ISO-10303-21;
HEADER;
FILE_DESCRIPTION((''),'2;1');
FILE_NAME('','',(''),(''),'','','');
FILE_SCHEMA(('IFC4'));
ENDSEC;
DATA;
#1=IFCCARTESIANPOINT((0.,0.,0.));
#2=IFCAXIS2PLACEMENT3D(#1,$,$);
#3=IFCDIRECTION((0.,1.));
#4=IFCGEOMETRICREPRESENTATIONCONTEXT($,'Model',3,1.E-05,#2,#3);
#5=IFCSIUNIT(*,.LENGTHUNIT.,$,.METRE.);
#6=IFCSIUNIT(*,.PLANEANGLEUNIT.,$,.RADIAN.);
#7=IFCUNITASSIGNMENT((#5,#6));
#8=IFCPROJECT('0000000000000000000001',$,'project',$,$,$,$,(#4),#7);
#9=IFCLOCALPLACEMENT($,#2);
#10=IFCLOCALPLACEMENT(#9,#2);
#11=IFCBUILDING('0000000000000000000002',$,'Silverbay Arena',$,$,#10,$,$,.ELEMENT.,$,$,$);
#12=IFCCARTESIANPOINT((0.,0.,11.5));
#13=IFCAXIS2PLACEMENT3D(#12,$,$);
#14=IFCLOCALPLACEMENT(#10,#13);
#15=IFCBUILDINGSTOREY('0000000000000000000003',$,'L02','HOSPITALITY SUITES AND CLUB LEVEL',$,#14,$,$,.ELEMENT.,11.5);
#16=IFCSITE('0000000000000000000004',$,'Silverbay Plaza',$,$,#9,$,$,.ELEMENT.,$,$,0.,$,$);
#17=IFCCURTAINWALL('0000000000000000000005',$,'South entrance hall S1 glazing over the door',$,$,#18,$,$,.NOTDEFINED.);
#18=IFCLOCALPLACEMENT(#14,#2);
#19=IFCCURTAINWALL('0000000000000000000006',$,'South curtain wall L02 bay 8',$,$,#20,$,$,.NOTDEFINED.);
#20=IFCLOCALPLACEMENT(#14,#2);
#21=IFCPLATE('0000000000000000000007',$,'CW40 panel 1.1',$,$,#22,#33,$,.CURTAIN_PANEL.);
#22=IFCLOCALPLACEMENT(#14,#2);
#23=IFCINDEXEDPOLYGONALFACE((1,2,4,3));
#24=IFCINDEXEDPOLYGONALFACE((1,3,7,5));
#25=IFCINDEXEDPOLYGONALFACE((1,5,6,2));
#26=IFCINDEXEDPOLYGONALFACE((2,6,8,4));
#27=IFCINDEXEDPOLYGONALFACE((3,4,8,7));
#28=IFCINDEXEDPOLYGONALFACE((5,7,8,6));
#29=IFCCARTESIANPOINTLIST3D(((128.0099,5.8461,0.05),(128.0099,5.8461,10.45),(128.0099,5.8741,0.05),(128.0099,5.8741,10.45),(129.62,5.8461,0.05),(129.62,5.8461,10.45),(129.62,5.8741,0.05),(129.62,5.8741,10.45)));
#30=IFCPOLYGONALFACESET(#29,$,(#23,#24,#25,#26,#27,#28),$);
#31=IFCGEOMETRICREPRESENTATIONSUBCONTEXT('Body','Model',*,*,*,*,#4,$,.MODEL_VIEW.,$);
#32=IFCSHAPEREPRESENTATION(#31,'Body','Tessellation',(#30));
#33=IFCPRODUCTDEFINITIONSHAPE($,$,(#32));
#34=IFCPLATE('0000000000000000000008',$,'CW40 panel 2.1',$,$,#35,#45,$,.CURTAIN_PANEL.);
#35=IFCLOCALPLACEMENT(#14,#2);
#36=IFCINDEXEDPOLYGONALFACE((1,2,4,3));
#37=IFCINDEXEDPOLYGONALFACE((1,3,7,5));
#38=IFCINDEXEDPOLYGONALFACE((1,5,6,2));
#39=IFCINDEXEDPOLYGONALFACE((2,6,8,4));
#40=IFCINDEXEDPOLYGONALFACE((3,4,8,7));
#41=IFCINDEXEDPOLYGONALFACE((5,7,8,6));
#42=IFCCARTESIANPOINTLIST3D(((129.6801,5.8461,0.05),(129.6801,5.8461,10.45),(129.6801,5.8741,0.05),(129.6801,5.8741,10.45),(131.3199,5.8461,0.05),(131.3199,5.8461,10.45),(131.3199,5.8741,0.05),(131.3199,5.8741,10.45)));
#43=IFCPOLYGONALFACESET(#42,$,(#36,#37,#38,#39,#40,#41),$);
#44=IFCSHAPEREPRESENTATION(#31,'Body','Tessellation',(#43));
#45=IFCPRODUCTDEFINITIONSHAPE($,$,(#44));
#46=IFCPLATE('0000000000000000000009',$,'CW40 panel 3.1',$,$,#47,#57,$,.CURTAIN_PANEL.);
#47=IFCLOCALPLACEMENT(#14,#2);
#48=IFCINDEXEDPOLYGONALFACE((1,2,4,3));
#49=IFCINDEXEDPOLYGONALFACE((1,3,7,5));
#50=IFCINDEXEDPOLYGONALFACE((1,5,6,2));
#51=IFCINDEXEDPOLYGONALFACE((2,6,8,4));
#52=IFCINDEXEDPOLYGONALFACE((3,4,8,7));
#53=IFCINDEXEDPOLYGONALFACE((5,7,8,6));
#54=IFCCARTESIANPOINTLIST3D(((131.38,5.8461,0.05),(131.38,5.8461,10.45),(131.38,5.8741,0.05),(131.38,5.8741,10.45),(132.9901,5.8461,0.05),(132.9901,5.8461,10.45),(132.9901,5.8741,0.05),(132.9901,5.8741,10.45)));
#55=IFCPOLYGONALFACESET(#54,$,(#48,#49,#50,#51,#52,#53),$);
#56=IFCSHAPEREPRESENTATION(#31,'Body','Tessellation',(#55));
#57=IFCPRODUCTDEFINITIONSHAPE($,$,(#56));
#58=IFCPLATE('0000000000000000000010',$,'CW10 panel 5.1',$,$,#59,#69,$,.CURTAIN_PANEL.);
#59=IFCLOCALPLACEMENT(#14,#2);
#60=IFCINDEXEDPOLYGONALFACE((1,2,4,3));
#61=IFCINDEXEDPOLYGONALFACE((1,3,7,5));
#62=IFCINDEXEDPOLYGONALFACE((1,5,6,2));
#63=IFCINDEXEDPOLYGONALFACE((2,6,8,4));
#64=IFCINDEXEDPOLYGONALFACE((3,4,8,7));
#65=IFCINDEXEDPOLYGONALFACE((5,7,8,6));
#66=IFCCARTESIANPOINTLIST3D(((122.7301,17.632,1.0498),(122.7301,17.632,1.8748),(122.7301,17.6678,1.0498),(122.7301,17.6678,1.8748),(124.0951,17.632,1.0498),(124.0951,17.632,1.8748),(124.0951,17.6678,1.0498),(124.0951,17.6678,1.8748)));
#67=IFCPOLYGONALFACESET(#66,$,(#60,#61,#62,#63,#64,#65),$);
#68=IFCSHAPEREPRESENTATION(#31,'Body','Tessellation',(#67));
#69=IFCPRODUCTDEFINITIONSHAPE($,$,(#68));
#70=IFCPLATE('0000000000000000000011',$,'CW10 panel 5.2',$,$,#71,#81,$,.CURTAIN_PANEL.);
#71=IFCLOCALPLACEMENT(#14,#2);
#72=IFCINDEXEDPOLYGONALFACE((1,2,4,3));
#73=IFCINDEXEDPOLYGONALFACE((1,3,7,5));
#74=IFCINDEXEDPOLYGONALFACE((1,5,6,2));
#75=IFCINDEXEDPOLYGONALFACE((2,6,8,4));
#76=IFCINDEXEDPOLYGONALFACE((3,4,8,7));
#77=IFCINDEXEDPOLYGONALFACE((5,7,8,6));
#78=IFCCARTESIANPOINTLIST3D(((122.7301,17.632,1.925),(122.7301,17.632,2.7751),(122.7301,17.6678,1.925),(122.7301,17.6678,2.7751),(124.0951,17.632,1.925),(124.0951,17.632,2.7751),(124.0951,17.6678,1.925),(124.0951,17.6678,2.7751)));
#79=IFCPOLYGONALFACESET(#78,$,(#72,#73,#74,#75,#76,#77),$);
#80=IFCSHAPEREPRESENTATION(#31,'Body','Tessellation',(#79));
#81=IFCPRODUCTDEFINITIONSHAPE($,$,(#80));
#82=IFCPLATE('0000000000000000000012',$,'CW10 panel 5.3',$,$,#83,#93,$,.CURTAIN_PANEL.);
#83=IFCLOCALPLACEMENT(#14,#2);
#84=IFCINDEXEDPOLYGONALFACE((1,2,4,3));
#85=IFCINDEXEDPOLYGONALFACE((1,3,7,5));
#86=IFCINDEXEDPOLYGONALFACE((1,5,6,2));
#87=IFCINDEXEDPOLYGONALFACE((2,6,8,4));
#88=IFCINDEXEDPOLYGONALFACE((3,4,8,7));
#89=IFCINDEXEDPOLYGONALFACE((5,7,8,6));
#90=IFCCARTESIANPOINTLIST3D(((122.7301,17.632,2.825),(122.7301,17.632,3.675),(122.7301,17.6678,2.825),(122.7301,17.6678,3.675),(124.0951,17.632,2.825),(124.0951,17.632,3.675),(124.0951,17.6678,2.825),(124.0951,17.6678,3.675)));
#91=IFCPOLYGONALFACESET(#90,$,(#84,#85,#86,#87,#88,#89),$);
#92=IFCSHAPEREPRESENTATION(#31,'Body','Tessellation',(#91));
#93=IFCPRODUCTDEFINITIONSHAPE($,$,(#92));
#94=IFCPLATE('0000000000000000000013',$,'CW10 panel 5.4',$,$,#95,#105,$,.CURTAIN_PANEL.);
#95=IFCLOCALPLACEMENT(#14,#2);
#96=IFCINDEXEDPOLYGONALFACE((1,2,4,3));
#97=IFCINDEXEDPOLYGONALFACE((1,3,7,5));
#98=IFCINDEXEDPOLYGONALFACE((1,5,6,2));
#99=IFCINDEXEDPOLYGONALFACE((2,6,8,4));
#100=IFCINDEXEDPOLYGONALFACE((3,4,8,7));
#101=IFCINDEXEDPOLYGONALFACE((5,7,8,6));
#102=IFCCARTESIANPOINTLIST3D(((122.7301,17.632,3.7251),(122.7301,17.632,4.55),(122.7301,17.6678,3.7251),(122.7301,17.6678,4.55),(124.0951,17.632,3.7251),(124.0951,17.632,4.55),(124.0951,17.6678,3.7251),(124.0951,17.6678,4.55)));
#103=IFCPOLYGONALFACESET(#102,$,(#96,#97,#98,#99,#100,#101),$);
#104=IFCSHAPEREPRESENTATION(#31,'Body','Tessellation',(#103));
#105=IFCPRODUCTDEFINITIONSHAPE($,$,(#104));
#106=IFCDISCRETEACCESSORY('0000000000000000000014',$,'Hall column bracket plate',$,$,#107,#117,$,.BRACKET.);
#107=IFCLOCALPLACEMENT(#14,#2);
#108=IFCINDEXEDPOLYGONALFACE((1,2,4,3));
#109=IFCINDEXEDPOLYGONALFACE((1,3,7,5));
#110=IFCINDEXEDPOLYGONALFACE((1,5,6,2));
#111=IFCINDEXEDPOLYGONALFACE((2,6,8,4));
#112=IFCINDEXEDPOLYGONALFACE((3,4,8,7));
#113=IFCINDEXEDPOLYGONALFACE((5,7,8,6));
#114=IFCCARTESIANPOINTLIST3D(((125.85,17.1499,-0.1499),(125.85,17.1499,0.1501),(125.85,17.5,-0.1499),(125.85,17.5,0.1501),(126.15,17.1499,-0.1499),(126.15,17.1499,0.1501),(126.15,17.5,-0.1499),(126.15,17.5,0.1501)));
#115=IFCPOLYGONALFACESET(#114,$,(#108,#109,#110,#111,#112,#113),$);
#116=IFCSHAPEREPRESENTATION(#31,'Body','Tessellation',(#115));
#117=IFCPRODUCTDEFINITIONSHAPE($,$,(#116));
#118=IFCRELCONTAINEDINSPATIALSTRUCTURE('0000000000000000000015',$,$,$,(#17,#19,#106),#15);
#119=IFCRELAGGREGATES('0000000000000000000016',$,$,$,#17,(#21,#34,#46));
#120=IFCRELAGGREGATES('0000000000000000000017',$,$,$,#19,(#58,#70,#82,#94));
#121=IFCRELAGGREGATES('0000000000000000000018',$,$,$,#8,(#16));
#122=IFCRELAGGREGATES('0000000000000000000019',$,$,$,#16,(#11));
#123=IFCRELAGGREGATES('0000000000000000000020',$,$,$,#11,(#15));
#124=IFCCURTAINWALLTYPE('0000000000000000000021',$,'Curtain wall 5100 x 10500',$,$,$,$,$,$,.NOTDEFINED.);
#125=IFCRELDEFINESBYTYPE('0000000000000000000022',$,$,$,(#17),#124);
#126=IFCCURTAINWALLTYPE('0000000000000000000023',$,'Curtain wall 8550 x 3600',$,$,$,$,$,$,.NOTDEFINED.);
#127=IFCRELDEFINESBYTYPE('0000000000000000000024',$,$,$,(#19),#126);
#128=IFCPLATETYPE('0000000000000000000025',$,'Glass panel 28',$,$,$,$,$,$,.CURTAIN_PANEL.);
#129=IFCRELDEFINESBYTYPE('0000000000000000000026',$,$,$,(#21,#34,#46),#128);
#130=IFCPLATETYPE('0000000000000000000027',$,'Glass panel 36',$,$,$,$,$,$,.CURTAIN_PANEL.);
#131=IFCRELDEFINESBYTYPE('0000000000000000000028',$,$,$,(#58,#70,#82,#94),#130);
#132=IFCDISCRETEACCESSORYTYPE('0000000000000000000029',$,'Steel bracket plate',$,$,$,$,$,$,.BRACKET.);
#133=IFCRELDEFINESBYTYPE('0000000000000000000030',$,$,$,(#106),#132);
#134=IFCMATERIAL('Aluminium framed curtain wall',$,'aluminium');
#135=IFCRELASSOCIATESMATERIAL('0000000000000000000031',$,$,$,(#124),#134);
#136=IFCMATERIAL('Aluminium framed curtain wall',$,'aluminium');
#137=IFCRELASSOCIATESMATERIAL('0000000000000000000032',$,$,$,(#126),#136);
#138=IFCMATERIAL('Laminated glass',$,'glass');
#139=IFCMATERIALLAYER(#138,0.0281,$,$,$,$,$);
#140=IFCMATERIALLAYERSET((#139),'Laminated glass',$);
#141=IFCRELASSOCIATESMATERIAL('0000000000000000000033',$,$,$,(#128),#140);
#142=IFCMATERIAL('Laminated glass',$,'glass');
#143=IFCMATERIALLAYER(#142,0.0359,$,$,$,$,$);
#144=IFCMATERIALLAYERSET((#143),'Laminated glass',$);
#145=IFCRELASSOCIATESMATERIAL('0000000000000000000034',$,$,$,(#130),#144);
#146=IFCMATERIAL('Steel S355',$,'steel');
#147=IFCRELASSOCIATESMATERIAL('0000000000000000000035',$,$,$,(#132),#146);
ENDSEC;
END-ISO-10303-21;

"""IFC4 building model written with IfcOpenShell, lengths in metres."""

from ifc_helpers import new_model, si_unit, direction, frame, origin, origin_2d, place, context, subcontext, project, spatial, rectangle, extrude, material, layer, layer_set, type_object, element, aggregate, save


model = new_model("IFC4")

# Units and contexts
model_context = context("Model", 3, precision=1e-05, world=origin(), true_north=direction((0.0, 1.0)))
body_context = subcontext(model_context, "Body", "Model", "MODEL_VIEW")
ifc_project = project(units=[si_unit("LENGTHUNIT", "METRE"), si_unit("PLANEANGLEUNIT", "RADIAN")], contexts=[model_context])

# Site, building, storey
site_placement = place(None, origin())
site = spatial("IfcSite", under=ifc_project, at=site_placement, Name="Silverbay Plaza", CompositionType="ELEMENT", RefElevation=0.0)
building_placement = place(site_placement, origin())
building = spatial("IfcBuilding", under=site, at=building_placement, Name="Silverbay Arena", CompositionType="ELEMENT")
storey_placement = place(building_placement, frame((0.0, 0.0, 11.5)))
storey = spatial("IfcBuildingStorey", under=building, at=storey_placement, Name="L02", Description="HOSPITALITY SUITES AND CLUB LEVEL", CompositionType="ELEMENT", Elevation=11.5)

# Curtain wall
ifc_material_1 = material(Name="Aluminium framed curtain wall", Category="aluminium")
curtain_wall_type_1 = type_object("IfcCurtainWallType", Name="Curtain wall 5100 x 10500", PredefinedType="NOTDEFINED", material=ifc_material_1)
curtain_wall_1_placement = place(storey_placement, origin())
curtain_wall_1 = element("IfcCurtainWall", 1, at=curtain_wall_1_placement, inside=storey, type_object=curtain_wall_type_1, Name="South entrance hall S1 glazing over the door", PredefinedType="NOTDEFINED")

# Curtain wall
ifc_material_2 = material(Name="Aluminium framed curtain wall", Category="aluminium")
curtain_wall_type_2 = type_object("IfcCurtainWallType", Name="Curtain wall 8550 x 3600", PredefinedType="NOTDEFINED", material=ifc_material_2)
curtain_wall_2_placement = place(storey_placement, origin())
curtain_wall_2 = element("IfcCurtainWall", 2, at=curtain_wall_2_placement, inside=storey, type_object=curtain_wall_type_2, Name="South curtain wall L02 bay 8", PredefinedType="NOTDEFINED")

# Plates
ifc_material_3 = material(Name="Laminated glass", Category="glass")
ifc_layer_1 = layer(ifc_material_3, 0.0281)
ifc_layer_set_1 = layer_set([ifc_layer_1], Name="Laminated glass")
plate_type_1 = type_object("IfcPlateType", Name="Glass panel 28", PredefinedType="CURTAIN_PANEL", material=ifc_layer_set_1)
plate_1_placement = place(storey_placement, frame((128.8149, 5.8601, 0.05), z_axis=(0.0, 0.0, 1.0), x_axis=(1.0, 0.0, 0.0)))
plate_1 = element("IfcPlate", 3, at=plate_1_placement, type_object=plate_type_1, Name="CW40 panel 1.1", PredefinedType="CURTAIN_PANEL", context=body_context, shape_type="SweptSolid", body=[
    extrude(rectangle(XDim=1.6101, YDim=0.0281, at=origin_2d()), origin(), (0.0, 0.0, 1.0), 10.3999),
])
plate_2_placement = place(storey_placement, frame((130.5, 5.8601, 0.05), z_axis=(0.0, 0.0, 1.0), x_axis=(1.0, 0.0, 0.0)))
plate_2 = element("IfcPlate", 4, at=plate_2_placement, type_object=plate_type_1, Name="CW40 panel 2.1", PredefinedType="CURTAIN_PANEL", context=body_context, shape_type="SweptSolid", body=[
    extrude(rectangle(XDim=1.6399, YDim=0.0281, at=origin_2d()), origin(), (0.0, 0.0, 1.0), 10.3999),
])
plate_3_placement = place(storey_placement, frame((132.1851, 5.8601, 0.05), z_axis=(0.0, 0.0, 1.0), x_axis=(1.0, 0.0, 0.0)))
plate_3 = element("IfcPlate", 5, at=plate_3_placement, type_object=plate_type_1, Name="CW40 panel 3.1", PredefinedType="CURTAIN_PANEL", context=body_context, shape_type="SweptSolid", body=[
    extrude(rectangle(XDim=1.6101, YDim=0.0281, at=origin_2d()), origin(), (0.0, 0.0, 1.0), 10.3999),
])
aggregate(curtain_wall_1, [plate_1, plate_2, plate_3])
ifc_material_4 = material(Name="Laminated glass", Category="glass")
ifc_layer_2 = layer(ifc_material_4, 0.0359)
ifc_layer_set_2 = layer_set([ifc_layer_2], Name="Laminated glass")
plate_type_2 = type_object("IfcPlateType", Name="Glass panel 36", PredefinedType="CURTAIN_PANEL", material=ifc_layer_set_2)
plate_4_placement = place(storey_placement, frame((123.4126, 17.6499, 1.0498), z_axis=(0.0, 0.0, 1.0), x_axis=(1.0, 0.0, 0.0)))
plate_4 = element("IfcPlate", 6, at=plate_4_placement, type_object=plate_type_2, Name="CW10 panel 5.1", PredefinedType="CURTAIN_PANEL", context=body_context, shape_type="SweptSolid", body=[
    extrude(rectangle(XDim=1.365, YDim=0.0359, at=origin_2d()), origin(), (0.0, 0.0, 1.0), 0.825),
])
plate_5_placement = place(storey_placement, frame((123.4126, 17.6499, 1.925), z_axis=(0.0, 0.0, 1.0), x_axis=(1.0, 0.0, 0.0)))
plate_5 = element("IfcPlate", 7, at=plate_5_placement, type_object=plate_type_2, Name="CW10 panel 5.2", PredefinedType="CURTAIN_PANEL", context=body_context, shape_type="SweptSolid", body=[
    extrude(rectangle(XDim=1.365, YDim=0.0359, at=origin_2d()), origin(), (0.0, 0.0, 1.0), 0.8501),
])
plate_6_placement = place(storey_placement, frame((123.4126, 17.6499, 2.825), z_axis=(0.0, 0.0, 1.0), x_axis=(1.0, 0.0, 0.0)))
plate_6 = element("IfcPlate", 8, at=plate_6_placement, type_object=plate_type_2, Name="CW10 panel 5.3", PredefinedType="CURTAIN_PANEL", context=body_context, shape_type="SweptSolid", body=[
    extrude(rectangle(XDim=1.365, YDim=0.0359, at=origin_2d()), origin(), (0.0, 0.0, 1.0), 0.8501),
])
plate_7_placement = place(storey_placement, frame((123.4126, 17.6499, 3.7251), z_axis=(0.0, 0.0, 1.0), x_axis=(1.0, 0.0, 0.0)))
plate_7 = element("IfcPlate", 9, at=plate_7_placement, type_object=plate_type_2, Name="CW10 panel 5.4", PredefinedType="CURTAIN_PANEL", context=body_context, shape_type="SweptSolid", body=[
    extrude(rectangle(XDim=1.365, YDim=0.0359, at=origin_2d()), origin(), (0.0, 0.0, 1.0), 0.825),
])
aggregate(curtain_wall_2, [plate_4, plate_5, plate_6, plate_7])

# Discrete accessory
ifc_material_5 = material(Name="Steel S355", Category="steel")
discrete_accessory_type = type_object("IfcDiscreteAccessoryType", Name="Steel bracket plate", PredefinedType="BRACKET", material=ifc_material_5)
discrete_accessory_placement = place(storey_placement, frame((126.0, 17.325, -0.1499), z_axis=(0.0, 0.0, 1.0), x_axis=(1.0, 0.0, 0.0)))
element("IfcDiscreteAccessory", 10, at=discrete_accessory_placement, inside=storey, type_object=discrete_accessory_type, Name="Hall column bracket plate", PredefinedType="BRACKET", context=body_context, shape_type="SweptSolid", body=[
    extrude(rectangle(XDim=0.3, YDim=0.3501, at=origin_2d()), origin(), (0.0, 0.0, 1.0), 0.3),
])

save(model, "model.ifc")
